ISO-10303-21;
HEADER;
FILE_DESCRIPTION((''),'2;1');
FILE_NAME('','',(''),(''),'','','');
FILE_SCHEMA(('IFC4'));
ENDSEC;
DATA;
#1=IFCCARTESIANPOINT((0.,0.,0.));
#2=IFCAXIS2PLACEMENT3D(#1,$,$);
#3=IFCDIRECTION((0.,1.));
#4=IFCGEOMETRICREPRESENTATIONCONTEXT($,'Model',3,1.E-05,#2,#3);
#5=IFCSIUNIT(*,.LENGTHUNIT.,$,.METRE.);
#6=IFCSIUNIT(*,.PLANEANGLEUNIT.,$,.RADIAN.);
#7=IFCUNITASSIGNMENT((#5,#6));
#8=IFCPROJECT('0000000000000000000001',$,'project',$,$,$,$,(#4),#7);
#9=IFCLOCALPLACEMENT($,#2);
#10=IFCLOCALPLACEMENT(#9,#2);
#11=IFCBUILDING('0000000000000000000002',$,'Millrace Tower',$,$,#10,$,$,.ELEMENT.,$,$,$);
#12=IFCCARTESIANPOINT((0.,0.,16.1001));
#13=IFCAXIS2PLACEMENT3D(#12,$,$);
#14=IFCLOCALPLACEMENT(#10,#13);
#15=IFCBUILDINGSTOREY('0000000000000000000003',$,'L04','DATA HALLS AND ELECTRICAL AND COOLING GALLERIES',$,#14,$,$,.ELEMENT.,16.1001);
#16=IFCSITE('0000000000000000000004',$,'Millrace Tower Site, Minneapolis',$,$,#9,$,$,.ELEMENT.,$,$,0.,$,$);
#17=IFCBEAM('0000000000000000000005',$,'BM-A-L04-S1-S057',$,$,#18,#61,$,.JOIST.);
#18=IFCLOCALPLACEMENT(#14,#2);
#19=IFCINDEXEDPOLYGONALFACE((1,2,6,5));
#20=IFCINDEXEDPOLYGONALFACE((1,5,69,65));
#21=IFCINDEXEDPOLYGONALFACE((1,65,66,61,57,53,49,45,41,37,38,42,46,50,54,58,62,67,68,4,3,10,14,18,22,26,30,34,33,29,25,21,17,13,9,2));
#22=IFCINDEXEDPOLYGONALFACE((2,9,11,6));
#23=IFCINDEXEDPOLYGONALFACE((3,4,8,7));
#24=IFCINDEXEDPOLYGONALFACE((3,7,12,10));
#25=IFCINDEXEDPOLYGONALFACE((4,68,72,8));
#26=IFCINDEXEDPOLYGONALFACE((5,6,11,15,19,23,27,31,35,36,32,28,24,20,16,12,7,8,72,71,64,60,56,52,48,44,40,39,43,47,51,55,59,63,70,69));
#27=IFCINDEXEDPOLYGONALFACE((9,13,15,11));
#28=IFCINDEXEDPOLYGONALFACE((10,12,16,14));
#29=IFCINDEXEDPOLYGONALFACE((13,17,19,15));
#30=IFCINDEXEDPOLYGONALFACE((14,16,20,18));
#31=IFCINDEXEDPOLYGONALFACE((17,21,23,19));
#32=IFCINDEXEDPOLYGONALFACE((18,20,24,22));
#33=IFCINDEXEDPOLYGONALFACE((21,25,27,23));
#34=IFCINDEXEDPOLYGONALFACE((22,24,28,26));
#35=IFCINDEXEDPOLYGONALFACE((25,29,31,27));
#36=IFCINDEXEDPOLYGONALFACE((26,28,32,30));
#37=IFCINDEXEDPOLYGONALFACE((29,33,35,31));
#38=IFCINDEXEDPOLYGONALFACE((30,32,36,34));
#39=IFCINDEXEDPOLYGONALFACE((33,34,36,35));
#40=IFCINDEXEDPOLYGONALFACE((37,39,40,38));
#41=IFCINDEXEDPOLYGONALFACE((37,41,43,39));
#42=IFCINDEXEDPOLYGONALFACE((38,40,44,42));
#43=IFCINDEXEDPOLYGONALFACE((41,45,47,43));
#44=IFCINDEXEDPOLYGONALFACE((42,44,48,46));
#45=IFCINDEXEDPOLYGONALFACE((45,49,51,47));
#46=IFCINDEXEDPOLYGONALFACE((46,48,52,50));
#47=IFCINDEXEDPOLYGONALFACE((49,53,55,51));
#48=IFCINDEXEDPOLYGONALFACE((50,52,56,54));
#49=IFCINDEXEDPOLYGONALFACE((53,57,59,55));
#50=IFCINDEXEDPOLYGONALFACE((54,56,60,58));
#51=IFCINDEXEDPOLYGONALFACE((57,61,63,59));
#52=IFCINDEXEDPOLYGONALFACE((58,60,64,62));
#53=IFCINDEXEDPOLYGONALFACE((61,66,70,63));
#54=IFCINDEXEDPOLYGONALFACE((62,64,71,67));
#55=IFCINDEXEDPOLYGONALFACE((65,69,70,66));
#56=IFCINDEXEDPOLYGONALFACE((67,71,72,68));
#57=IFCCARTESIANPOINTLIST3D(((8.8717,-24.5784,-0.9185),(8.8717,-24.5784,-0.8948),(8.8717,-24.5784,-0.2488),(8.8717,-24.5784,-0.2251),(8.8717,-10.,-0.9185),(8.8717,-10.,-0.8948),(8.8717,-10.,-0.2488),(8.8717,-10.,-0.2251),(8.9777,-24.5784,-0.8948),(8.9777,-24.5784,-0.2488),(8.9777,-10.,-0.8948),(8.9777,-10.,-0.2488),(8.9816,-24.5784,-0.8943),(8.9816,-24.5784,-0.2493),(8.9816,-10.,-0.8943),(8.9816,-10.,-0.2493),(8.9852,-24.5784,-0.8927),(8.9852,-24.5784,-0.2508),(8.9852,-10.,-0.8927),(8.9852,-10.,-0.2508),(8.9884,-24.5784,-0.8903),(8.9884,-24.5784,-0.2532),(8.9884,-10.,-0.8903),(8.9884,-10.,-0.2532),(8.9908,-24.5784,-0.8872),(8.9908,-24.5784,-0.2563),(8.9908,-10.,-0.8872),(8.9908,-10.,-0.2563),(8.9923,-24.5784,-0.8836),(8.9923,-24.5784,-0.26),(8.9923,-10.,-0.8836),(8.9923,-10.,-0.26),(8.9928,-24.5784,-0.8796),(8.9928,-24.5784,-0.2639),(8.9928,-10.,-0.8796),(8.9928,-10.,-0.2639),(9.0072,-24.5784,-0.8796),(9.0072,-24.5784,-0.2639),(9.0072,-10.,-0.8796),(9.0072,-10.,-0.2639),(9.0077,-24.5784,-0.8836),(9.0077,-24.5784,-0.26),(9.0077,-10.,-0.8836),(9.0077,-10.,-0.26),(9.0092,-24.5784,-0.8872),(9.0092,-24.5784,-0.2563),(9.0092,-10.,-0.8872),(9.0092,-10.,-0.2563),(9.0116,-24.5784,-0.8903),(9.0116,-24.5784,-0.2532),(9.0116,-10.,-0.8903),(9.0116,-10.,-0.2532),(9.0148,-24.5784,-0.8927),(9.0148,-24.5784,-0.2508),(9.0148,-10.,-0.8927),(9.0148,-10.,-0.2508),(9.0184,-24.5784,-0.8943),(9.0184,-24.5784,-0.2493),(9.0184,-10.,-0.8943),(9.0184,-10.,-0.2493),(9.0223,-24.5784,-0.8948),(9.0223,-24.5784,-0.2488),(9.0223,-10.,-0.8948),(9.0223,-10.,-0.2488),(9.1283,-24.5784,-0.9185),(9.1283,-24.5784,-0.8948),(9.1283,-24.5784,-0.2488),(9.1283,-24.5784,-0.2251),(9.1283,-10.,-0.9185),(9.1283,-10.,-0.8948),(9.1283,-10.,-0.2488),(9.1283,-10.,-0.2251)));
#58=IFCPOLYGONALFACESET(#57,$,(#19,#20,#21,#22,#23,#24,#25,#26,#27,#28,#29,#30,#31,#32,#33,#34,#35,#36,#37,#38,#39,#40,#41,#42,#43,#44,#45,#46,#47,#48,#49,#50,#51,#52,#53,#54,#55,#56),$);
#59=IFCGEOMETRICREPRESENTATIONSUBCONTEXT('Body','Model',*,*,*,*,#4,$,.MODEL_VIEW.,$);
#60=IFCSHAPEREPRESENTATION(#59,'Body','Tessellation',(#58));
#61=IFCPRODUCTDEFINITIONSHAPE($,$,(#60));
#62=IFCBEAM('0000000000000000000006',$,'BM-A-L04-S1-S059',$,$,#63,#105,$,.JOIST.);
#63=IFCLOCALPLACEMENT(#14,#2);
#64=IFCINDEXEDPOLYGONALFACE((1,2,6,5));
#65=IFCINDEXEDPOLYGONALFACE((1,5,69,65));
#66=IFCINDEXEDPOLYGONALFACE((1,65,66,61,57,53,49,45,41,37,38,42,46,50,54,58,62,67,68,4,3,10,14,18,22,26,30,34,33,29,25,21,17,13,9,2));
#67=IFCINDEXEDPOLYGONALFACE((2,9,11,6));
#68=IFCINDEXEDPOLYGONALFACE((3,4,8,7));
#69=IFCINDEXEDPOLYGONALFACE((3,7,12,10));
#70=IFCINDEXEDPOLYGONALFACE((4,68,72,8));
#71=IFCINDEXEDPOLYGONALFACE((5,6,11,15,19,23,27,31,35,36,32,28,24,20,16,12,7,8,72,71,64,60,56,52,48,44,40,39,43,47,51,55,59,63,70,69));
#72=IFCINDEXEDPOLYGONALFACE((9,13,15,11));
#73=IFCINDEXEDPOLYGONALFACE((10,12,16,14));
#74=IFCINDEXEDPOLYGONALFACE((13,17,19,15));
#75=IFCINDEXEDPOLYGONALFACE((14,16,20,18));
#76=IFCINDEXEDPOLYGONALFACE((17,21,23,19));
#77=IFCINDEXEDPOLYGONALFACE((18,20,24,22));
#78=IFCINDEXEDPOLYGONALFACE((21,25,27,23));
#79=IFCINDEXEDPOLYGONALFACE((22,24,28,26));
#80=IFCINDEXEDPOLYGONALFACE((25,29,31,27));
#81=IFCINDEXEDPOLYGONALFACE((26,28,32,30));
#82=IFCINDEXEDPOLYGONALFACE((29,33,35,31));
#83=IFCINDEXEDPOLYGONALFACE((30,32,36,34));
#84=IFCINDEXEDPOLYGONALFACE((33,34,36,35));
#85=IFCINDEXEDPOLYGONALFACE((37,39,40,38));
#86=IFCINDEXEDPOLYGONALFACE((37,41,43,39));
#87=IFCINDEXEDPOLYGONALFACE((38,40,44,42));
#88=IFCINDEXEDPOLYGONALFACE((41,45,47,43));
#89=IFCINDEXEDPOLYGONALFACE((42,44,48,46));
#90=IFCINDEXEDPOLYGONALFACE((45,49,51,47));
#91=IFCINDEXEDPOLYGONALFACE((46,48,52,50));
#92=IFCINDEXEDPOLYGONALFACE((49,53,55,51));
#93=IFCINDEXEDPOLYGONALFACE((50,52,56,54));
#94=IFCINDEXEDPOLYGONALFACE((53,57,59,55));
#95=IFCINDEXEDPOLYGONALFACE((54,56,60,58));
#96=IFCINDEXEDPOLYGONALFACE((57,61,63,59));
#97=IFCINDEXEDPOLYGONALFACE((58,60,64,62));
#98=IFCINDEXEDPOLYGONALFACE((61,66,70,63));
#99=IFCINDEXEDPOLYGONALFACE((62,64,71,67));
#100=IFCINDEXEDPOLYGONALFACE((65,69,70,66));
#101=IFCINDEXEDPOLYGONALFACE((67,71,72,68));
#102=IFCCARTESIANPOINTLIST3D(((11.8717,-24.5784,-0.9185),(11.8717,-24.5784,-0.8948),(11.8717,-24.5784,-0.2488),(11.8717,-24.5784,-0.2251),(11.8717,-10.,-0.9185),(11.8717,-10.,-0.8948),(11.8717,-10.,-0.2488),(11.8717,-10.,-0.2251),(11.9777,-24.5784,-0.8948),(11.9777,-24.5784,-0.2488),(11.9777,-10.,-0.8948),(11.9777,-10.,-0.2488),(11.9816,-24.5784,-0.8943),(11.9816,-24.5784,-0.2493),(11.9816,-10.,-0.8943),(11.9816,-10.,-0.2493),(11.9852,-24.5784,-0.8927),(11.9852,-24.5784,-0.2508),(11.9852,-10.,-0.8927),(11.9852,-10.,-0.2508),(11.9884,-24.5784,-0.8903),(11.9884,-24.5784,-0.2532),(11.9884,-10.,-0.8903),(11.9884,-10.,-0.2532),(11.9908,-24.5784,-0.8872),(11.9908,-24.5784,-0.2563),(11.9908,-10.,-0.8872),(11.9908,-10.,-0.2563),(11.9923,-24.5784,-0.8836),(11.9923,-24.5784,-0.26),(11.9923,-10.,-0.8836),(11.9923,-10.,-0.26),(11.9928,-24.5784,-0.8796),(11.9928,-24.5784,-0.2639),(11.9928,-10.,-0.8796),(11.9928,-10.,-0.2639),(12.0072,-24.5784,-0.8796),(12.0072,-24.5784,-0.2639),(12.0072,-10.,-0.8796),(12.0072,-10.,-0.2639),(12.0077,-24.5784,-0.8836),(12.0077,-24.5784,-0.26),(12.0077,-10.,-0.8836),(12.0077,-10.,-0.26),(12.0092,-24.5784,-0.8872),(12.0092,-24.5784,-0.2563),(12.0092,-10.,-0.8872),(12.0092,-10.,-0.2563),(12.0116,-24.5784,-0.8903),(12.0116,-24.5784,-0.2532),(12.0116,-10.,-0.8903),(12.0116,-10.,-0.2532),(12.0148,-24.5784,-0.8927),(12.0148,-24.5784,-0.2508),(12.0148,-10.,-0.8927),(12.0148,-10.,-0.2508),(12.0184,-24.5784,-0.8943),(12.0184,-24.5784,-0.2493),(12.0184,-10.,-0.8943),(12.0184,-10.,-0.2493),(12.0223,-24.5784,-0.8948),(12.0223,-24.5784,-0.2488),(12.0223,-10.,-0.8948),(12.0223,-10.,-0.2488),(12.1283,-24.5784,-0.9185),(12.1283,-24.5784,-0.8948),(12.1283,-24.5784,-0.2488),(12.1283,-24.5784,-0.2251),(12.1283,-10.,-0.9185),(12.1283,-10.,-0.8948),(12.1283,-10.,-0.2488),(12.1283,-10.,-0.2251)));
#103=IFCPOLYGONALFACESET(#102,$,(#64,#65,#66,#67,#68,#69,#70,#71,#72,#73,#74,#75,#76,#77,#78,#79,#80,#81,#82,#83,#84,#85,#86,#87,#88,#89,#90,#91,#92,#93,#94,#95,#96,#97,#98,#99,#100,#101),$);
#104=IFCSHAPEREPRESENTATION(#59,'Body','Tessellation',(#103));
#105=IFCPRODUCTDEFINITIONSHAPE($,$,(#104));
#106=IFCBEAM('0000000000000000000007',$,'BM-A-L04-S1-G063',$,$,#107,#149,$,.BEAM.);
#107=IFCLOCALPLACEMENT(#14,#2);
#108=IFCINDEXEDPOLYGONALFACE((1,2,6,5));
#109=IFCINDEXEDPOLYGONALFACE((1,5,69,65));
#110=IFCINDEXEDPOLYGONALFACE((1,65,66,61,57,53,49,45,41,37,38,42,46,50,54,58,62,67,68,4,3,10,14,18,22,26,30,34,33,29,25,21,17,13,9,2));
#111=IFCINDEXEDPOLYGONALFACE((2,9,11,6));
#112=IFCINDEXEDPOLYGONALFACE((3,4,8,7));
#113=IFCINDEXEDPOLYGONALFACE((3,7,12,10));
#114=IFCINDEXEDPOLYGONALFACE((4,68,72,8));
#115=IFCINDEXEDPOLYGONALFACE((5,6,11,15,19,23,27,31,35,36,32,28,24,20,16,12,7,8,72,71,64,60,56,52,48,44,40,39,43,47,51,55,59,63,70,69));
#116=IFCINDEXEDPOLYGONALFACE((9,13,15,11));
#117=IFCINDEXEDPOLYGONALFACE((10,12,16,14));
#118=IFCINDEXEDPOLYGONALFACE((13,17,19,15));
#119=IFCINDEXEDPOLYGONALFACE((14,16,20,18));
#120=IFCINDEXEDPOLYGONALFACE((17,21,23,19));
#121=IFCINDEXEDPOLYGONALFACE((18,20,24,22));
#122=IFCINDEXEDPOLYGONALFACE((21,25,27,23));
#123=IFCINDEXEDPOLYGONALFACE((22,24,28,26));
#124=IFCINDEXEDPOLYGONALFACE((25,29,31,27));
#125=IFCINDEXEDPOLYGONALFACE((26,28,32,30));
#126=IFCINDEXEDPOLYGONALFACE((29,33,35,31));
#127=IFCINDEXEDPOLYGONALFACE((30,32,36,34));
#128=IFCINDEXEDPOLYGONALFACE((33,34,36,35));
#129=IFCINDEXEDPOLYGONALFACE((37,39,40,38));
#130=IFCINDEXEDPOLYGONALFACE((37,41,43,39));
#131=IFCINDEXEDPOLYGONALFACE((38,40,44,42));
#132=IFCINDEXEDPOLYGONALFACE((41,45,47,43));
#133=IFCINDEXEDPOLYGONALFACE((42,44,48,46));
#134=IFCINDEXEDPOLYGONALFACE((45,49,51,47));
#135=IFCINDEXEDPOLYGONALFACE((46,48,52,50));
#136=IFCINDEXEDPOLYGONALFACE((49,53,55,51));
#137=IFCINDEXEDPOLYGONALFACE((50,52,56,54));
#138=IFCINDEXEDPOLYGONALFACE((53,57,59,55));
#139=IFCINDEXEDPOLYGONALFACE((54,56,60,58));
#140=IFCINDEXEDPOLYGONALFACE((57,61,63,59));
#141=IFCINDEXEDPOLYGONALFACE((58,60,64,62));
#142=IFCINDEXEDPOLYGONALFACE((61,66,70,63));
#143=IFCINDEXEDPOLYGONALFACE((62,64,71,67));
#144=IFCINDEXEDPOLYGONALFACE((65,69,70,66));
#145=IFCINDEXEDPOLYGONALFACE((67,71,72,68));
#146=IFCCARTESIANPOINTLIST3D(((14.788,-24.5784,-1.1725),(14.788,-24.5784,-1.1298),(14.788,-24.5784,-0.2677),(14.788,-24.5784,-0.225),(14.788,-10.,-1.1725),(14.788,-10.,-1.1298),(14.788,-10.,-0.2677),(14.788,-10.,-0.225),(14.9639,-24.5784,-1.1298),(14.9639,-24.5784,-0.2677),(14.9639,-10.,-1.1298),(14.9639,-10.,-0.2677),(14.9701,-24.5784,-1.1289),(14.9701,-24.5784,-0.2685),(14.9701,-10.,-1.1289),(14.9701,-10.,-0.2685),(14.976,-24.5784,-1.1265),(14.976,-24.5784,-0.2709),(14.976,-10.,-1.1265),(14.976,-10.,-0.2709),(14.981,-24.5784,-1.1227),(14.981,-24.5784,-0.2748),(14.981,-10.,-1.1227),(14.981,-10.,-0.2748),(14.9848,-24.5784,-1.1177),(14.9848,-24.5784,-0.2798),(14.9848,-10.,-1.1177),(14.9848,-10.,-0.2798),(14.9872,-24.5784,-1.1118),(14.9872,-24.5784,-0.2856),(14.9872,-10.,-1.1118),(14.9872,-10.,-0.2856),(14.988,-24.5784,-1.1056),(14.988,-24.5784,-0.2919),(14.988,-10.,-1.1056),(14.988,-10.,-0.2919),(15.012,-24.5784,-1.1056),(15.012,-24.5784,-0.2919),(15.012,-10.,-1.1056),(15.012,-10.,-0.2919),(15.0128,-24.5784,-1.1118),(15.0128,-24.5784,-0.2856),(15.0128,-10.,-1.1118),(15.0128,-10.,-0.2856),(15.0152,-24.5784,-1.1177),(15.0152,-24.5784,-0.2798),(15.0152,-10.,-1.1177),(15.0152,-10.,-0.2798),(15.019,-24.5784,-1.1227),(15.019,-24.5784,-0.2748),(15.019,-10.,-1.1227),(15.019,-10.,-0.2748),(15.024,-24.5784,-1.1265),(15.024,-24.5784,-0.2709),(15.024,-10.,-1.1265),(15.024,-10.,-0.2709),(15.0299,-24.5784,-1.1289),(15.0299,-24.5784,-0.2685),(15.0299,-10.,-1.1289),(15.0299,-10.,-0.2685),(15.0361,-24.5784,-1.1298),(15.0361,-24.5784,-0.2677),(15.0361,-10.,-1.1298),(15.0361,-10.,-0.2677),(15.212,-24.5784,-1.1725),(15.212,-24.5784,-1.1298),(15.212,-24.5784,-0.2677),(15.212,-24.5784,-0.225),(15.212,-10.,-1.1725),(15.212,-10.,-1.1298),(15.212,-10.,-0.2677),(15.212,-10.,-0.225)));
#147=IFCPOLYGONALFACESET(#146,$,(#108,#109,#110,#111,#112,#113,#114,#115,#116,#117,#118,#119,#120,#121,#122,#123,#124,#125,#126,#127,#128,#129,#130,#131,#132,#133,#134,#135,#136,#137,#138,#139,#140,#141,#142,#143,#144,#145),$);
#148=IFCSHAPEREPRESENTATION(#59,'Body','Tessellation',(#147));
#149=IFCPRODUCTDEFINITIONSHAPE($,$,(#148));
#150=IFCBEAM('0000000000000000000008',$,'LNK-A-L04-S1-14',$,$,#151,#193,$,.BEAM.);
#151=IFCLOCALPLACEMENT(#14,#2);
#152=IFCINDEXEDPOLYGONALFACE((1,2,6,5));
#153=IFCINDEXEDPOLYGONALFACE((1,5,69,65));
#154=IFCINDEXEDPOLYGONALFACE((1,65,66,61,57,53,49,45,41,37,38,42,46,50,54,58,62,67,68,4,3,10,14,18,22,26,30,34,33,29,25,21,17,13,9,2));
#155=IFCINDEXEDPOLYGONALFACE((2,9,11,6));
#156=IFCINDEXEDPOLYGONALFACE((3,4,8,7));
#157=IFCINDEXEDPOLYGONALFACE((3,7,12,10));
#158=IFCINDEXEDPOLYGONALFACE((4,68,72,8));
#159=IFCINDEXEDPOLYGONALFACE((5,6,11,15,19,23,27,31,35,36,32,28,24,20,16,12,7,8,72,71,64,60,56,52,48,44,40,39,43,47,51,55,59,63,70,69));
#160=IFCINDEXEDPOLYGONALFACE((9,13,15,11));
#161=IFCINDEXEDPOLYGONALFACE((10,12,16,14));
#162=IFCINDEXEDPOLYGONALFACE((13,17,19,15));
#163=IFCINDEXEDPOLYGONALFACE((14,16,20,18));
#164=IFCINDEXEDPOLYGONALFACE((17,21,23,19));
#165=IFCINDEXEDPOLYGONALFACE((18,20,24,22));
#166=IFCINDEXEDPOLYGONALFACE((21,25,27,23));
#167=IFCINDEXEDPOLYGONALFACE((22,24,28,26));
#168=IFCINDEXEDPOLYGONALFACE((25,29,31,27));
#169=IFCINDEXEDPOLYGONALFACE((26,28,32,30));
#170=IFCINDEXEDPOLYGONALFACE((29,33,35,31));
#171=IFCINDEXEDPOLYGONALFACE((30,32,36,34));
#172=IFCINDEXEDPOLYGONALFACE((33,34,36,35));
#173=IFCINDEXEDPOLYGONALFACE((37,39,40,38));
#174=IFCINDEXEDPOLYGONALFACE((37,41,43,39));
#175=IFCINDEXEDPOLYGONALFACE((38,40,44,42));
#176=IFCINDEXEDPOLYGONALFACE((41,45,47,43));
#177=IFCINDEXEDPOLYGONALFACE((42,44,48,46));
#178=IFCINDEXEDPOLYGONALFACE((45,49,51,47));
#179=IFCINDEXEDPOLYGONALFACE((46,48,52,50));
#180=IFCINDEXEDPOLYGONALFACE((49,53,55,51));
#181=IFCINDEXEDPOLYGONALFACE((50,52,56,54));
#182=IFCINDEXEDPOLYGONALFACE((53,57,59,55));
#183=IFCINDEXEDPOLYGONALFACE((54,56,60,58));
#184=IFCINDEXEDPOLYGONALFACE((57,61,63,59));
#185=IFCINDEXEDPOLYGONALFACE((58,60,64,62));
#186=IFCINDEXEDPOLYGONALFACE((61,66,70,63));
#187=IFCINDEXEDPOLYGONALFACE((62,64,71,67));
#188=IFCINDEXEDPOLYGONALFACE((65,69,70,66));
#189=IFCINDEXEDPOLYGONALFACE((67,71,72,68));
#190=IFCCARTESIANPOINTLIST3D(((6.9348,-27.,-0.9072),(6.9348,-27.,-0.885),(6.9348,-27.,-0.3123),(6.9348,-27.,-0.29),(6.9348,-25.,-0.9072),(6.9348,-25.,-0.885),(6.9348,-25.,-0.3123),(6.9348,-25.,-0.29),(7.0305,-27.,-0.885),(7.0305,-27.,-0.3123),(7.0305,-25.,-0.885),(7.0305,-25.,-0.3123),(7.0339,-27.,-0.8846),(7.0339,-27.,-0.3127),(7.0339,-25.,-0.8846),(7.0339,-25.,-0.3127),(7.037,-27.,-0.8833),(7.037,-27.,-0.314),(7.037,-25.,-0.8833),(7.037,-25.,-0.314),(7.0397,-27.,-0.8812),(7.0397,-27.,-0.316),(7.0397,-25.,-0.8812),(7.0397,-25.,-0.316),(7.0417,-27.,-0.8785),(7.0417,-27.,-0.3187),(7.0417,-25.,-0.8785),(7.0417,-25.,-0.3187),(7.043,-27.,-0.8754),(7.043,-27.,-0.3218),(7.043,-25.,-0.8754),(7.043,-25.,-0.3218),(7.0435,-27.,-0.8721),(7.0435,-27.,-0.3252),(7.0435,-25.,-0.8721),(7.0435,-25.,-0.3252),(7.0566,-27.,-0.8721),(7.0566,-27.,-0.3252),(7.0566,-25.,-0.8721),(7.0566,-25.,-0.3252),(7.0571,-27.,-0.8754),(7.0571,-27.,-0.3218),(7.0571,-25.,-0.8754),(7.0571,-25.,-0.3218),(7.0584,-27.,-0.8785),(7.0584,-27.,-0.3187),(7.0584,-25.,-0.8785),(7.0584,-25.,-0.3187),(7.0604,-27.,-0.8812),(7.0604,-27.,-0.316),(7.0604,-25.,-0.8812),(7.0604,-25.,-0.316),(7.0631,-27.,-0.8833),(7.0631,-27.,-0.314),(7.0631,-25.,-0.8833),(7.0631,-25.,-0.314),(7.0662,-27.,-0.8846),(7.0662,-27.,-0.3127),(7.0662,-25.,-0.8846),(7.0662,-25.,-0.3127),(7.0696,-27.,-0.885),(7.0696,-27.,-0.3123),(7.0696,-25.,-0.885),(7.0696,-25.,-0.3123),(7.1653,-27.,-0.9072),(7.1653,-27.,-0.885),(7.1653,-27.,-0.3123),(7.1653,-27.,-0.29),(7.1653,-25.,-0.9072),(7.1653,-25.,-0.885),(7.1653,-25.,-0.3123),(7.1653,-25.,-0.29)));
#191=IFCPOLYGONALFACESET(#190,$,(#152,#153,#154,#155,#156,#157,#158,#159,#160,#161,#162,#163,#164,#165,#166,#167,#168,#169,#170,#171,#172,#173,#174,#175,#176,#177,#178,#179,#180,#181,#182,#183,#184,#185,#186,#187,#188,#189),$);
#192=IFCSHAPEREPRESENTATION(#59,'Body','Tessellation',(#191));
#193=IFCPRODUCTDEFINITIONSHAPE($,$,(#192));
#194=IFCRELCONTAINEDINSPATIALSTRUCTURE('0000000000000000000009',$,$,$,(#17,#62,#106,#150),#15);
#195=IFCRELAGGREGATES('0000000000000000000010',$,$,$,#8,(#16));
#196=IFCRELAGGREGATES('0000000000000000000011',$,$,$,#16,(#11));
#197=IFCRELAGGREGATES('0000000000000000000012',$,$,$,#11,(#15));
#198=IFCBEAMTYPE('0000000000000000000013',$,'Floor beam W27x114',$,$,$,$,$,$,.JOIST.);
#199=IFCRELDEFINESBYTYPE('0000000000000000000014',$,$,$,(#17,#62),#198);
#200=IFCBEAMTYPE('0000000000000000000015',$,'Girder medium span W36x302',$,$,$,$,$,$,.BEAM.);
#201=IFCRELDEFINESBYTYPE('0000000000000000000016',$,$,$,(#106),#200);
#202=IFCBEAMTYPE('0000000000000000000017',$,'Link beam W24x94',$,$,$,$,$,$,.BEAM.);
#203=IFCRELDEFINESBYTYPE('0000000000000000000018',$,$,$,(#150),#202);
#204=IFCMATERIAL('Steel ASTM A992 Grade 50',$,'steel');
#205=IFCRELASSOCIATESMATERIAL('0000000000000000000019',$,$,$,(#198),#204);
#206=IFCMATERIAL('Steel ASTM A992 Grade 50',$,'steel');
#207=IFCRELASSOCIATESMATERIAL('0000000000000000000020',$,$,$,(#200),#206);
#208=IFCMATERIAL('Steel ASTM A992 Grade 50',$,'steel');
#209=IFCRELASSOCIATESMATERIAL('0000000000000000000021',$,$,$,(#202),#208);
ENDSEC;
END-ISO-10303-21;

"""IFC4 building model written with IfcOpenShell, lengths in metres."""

from ifc_helpers import new_model, si_unit, direction, frame, origin, origin_2d, place, context, subcontext, project, spatial, i_section, extrude, material, material_profile, profile_set, type_object, element, save


model = new_model("IFC4")

# Units and contexts
model_context = context("Model", 3, precision=1e-05, world=origin(), true_north=direction((0.0, 1.0)))
body_context = subcontext(model_context, "Body", "Model", "MODEL_VIEW")
ifc_project = project(units=[si_unit("LENGTHUNIT", "METRE"), si_unit("PLANEANGLEUNIT", "RADIAN")], contexts=[model_context])

# Site, building, storey
site_placement = place(None, origin())
site = spatial("IfcSite", under=ifc_project, at=site_placement, Name="Millrace Tower Site, Minneapolis", CompositionType="ELEMENT", RefElevation=0.0)
building_placement = place(site_placement, origin())
building = spatial("IfcBuilding", under=site, at=building_placement, Name="Millrace Tower", CompositionType="ELEMENT")
storey_placement = place(building_placement, frame((0.0, 0.0, 16.1001)))
storey = spatial("IfcBuildingStorey", under=building, at=storey_placement, Name="L04", Description="DATA HALLS AND ELECTRICAL AND COOLING GALLERIES", CompositionType="ELEMENT", Elevation=16.1001)

# Beams
ifc_material_1 = material(Name="Steel ASTM A992 Grade 50", Category="steel")
ifc_material_profile_1 = material_profile(ifc_material_1, i_section(OverallWidth=0.2566, OverallDepth=0.6934, WebThickness=0.0144, FlangeThickness=0.0237, FilletRadius=0.0151, at=origin_2d()))
ifc_profile_set_1 = profile_set([ifc_material_profile_1], Name="Steel ASTM A992 Grade 50")
beam_type_1 = type_object("IfcBeamType", Name="Floor beam W27x114", PredefinedType="JOIST", material=ifc_profile_set_1)
for number, where, z_axis, x_axis, name in (
    (1, (9.0, -24.5784, -0.5718), (0.0, 1.0, 0.0), (-1.0, 0.0, 0.0), "BM-A-L04-S1-S057"),
    (2, (12.0, -24.5784, -0.5718), (0.0, 1.0, 0.0), (-1.0, 0.0, 0.0), "BM-A-L04-S1-S059"),
):
    element("IfcBeam", number, at=place(storey_placement, frame(where, z_axis=z_axis, x_axis=x_axis)), inside=storey, type_object=beam_type_1, Name=name, PredefinedType="JOIST", context=body_context, shape_type="SweptSolid", body=[
        extrude(i_section(OverallWidth=0.2566, OverallDepth=0.6934, WebThickness=0.0144, FlangeThickness=0.0237, FilletRadius=0.0151, at=origin_2d()), origin(), (0.0, 0.0, 1.0), 14.5784),
    ])
ifc_material_2 = material(Name="Steel ASTM A992 Grade 50", Category="steel")
ifc_material_profile_2 = material_profile(ifc_material_2, i_section(OverallWidth=0.4241, OverallDepth=0.9475, WebThickness=0.0239, FlangeThickness=0.0427, FilletRadius=0.0242, at=origin_2d()))
ifc_profile_set_2 = profile_set([ifc_material_profile_2], Name="Steel ASTM A992 Grade 50")
beam_type_2 = type_object("IfcBeamType", Name="Girder medium span W36x302", PredefinedType="BEAM", material=ifc_profile_set_2)
beam_1_placement = place(storey_placement, frame((15.0, -24.5784, -0.6987), z_axis=(0.0, 1.0, 0.0), x_axis=(-1.0, 0.0, 0.0)))
element("IfcBeam", 3, at=beam_1_placement, inside=storey, type_object=beam_type_2, Name="BM-A-L04-S1-G063", PredefinedType="BEAM", context=body_context, shape_type="SweptSolid", body=[
    extrude(i_section(OverallWidth=0.4241, OverallDepth=0.9475, WebThickness=0.0239, FlangeThickness=0.0427, FilletRadius=0.0242, at=origin_2d()), origin(), (0.0, 0.0, 1.0), 14.5784),
])
ifc_material_3 = material(Name="Steel ASTM A992 Grade 50", Category="steel")
ifc_material_profile_3 = material_profile(ifc_material_3, i_section(OverallWidth=0.2305, OverallDepth=0.6172, WebThickness=0.0132, FlangeThickness=0.0222, FilletRadius=0.0129, at=origin_2d()))
ifc_profile_set_3 = profile_set([ifc_material_profile_3], Name="Steel ASTM A992 Grade 50")
beam_type_3 = type_object("IfcBeamType", Name="Link beam W24x94", PredefinedType="BEAM", material=ifc_profile_set_3)
beam_2_placement = place(storey_placement, frame((7.05, -25.0, -0.5986), z_axis=(0.0, -1.0, 0.0), x_axis=(1.0, 0.0, 0.0)))
element("IfcBeam", 4, at=beam_2_placement, inside=storey, type_object=beam_type_3, Name="LNK-A-L04-S1-14", PredefinedType="BEAM", context=body_context, shape_type="SweptSolid", body=[
    extrude(i_section(OverallWidth=0.2305, OverallDepth=0.6172, WebThickness=0.0132, FlangeThickness=0.0222, FilletRadius=0.0129, at=origin_2d()), origin(), (0.0, 0.0, 1.0), 2.0),
])

save(model, "model.ifc")
